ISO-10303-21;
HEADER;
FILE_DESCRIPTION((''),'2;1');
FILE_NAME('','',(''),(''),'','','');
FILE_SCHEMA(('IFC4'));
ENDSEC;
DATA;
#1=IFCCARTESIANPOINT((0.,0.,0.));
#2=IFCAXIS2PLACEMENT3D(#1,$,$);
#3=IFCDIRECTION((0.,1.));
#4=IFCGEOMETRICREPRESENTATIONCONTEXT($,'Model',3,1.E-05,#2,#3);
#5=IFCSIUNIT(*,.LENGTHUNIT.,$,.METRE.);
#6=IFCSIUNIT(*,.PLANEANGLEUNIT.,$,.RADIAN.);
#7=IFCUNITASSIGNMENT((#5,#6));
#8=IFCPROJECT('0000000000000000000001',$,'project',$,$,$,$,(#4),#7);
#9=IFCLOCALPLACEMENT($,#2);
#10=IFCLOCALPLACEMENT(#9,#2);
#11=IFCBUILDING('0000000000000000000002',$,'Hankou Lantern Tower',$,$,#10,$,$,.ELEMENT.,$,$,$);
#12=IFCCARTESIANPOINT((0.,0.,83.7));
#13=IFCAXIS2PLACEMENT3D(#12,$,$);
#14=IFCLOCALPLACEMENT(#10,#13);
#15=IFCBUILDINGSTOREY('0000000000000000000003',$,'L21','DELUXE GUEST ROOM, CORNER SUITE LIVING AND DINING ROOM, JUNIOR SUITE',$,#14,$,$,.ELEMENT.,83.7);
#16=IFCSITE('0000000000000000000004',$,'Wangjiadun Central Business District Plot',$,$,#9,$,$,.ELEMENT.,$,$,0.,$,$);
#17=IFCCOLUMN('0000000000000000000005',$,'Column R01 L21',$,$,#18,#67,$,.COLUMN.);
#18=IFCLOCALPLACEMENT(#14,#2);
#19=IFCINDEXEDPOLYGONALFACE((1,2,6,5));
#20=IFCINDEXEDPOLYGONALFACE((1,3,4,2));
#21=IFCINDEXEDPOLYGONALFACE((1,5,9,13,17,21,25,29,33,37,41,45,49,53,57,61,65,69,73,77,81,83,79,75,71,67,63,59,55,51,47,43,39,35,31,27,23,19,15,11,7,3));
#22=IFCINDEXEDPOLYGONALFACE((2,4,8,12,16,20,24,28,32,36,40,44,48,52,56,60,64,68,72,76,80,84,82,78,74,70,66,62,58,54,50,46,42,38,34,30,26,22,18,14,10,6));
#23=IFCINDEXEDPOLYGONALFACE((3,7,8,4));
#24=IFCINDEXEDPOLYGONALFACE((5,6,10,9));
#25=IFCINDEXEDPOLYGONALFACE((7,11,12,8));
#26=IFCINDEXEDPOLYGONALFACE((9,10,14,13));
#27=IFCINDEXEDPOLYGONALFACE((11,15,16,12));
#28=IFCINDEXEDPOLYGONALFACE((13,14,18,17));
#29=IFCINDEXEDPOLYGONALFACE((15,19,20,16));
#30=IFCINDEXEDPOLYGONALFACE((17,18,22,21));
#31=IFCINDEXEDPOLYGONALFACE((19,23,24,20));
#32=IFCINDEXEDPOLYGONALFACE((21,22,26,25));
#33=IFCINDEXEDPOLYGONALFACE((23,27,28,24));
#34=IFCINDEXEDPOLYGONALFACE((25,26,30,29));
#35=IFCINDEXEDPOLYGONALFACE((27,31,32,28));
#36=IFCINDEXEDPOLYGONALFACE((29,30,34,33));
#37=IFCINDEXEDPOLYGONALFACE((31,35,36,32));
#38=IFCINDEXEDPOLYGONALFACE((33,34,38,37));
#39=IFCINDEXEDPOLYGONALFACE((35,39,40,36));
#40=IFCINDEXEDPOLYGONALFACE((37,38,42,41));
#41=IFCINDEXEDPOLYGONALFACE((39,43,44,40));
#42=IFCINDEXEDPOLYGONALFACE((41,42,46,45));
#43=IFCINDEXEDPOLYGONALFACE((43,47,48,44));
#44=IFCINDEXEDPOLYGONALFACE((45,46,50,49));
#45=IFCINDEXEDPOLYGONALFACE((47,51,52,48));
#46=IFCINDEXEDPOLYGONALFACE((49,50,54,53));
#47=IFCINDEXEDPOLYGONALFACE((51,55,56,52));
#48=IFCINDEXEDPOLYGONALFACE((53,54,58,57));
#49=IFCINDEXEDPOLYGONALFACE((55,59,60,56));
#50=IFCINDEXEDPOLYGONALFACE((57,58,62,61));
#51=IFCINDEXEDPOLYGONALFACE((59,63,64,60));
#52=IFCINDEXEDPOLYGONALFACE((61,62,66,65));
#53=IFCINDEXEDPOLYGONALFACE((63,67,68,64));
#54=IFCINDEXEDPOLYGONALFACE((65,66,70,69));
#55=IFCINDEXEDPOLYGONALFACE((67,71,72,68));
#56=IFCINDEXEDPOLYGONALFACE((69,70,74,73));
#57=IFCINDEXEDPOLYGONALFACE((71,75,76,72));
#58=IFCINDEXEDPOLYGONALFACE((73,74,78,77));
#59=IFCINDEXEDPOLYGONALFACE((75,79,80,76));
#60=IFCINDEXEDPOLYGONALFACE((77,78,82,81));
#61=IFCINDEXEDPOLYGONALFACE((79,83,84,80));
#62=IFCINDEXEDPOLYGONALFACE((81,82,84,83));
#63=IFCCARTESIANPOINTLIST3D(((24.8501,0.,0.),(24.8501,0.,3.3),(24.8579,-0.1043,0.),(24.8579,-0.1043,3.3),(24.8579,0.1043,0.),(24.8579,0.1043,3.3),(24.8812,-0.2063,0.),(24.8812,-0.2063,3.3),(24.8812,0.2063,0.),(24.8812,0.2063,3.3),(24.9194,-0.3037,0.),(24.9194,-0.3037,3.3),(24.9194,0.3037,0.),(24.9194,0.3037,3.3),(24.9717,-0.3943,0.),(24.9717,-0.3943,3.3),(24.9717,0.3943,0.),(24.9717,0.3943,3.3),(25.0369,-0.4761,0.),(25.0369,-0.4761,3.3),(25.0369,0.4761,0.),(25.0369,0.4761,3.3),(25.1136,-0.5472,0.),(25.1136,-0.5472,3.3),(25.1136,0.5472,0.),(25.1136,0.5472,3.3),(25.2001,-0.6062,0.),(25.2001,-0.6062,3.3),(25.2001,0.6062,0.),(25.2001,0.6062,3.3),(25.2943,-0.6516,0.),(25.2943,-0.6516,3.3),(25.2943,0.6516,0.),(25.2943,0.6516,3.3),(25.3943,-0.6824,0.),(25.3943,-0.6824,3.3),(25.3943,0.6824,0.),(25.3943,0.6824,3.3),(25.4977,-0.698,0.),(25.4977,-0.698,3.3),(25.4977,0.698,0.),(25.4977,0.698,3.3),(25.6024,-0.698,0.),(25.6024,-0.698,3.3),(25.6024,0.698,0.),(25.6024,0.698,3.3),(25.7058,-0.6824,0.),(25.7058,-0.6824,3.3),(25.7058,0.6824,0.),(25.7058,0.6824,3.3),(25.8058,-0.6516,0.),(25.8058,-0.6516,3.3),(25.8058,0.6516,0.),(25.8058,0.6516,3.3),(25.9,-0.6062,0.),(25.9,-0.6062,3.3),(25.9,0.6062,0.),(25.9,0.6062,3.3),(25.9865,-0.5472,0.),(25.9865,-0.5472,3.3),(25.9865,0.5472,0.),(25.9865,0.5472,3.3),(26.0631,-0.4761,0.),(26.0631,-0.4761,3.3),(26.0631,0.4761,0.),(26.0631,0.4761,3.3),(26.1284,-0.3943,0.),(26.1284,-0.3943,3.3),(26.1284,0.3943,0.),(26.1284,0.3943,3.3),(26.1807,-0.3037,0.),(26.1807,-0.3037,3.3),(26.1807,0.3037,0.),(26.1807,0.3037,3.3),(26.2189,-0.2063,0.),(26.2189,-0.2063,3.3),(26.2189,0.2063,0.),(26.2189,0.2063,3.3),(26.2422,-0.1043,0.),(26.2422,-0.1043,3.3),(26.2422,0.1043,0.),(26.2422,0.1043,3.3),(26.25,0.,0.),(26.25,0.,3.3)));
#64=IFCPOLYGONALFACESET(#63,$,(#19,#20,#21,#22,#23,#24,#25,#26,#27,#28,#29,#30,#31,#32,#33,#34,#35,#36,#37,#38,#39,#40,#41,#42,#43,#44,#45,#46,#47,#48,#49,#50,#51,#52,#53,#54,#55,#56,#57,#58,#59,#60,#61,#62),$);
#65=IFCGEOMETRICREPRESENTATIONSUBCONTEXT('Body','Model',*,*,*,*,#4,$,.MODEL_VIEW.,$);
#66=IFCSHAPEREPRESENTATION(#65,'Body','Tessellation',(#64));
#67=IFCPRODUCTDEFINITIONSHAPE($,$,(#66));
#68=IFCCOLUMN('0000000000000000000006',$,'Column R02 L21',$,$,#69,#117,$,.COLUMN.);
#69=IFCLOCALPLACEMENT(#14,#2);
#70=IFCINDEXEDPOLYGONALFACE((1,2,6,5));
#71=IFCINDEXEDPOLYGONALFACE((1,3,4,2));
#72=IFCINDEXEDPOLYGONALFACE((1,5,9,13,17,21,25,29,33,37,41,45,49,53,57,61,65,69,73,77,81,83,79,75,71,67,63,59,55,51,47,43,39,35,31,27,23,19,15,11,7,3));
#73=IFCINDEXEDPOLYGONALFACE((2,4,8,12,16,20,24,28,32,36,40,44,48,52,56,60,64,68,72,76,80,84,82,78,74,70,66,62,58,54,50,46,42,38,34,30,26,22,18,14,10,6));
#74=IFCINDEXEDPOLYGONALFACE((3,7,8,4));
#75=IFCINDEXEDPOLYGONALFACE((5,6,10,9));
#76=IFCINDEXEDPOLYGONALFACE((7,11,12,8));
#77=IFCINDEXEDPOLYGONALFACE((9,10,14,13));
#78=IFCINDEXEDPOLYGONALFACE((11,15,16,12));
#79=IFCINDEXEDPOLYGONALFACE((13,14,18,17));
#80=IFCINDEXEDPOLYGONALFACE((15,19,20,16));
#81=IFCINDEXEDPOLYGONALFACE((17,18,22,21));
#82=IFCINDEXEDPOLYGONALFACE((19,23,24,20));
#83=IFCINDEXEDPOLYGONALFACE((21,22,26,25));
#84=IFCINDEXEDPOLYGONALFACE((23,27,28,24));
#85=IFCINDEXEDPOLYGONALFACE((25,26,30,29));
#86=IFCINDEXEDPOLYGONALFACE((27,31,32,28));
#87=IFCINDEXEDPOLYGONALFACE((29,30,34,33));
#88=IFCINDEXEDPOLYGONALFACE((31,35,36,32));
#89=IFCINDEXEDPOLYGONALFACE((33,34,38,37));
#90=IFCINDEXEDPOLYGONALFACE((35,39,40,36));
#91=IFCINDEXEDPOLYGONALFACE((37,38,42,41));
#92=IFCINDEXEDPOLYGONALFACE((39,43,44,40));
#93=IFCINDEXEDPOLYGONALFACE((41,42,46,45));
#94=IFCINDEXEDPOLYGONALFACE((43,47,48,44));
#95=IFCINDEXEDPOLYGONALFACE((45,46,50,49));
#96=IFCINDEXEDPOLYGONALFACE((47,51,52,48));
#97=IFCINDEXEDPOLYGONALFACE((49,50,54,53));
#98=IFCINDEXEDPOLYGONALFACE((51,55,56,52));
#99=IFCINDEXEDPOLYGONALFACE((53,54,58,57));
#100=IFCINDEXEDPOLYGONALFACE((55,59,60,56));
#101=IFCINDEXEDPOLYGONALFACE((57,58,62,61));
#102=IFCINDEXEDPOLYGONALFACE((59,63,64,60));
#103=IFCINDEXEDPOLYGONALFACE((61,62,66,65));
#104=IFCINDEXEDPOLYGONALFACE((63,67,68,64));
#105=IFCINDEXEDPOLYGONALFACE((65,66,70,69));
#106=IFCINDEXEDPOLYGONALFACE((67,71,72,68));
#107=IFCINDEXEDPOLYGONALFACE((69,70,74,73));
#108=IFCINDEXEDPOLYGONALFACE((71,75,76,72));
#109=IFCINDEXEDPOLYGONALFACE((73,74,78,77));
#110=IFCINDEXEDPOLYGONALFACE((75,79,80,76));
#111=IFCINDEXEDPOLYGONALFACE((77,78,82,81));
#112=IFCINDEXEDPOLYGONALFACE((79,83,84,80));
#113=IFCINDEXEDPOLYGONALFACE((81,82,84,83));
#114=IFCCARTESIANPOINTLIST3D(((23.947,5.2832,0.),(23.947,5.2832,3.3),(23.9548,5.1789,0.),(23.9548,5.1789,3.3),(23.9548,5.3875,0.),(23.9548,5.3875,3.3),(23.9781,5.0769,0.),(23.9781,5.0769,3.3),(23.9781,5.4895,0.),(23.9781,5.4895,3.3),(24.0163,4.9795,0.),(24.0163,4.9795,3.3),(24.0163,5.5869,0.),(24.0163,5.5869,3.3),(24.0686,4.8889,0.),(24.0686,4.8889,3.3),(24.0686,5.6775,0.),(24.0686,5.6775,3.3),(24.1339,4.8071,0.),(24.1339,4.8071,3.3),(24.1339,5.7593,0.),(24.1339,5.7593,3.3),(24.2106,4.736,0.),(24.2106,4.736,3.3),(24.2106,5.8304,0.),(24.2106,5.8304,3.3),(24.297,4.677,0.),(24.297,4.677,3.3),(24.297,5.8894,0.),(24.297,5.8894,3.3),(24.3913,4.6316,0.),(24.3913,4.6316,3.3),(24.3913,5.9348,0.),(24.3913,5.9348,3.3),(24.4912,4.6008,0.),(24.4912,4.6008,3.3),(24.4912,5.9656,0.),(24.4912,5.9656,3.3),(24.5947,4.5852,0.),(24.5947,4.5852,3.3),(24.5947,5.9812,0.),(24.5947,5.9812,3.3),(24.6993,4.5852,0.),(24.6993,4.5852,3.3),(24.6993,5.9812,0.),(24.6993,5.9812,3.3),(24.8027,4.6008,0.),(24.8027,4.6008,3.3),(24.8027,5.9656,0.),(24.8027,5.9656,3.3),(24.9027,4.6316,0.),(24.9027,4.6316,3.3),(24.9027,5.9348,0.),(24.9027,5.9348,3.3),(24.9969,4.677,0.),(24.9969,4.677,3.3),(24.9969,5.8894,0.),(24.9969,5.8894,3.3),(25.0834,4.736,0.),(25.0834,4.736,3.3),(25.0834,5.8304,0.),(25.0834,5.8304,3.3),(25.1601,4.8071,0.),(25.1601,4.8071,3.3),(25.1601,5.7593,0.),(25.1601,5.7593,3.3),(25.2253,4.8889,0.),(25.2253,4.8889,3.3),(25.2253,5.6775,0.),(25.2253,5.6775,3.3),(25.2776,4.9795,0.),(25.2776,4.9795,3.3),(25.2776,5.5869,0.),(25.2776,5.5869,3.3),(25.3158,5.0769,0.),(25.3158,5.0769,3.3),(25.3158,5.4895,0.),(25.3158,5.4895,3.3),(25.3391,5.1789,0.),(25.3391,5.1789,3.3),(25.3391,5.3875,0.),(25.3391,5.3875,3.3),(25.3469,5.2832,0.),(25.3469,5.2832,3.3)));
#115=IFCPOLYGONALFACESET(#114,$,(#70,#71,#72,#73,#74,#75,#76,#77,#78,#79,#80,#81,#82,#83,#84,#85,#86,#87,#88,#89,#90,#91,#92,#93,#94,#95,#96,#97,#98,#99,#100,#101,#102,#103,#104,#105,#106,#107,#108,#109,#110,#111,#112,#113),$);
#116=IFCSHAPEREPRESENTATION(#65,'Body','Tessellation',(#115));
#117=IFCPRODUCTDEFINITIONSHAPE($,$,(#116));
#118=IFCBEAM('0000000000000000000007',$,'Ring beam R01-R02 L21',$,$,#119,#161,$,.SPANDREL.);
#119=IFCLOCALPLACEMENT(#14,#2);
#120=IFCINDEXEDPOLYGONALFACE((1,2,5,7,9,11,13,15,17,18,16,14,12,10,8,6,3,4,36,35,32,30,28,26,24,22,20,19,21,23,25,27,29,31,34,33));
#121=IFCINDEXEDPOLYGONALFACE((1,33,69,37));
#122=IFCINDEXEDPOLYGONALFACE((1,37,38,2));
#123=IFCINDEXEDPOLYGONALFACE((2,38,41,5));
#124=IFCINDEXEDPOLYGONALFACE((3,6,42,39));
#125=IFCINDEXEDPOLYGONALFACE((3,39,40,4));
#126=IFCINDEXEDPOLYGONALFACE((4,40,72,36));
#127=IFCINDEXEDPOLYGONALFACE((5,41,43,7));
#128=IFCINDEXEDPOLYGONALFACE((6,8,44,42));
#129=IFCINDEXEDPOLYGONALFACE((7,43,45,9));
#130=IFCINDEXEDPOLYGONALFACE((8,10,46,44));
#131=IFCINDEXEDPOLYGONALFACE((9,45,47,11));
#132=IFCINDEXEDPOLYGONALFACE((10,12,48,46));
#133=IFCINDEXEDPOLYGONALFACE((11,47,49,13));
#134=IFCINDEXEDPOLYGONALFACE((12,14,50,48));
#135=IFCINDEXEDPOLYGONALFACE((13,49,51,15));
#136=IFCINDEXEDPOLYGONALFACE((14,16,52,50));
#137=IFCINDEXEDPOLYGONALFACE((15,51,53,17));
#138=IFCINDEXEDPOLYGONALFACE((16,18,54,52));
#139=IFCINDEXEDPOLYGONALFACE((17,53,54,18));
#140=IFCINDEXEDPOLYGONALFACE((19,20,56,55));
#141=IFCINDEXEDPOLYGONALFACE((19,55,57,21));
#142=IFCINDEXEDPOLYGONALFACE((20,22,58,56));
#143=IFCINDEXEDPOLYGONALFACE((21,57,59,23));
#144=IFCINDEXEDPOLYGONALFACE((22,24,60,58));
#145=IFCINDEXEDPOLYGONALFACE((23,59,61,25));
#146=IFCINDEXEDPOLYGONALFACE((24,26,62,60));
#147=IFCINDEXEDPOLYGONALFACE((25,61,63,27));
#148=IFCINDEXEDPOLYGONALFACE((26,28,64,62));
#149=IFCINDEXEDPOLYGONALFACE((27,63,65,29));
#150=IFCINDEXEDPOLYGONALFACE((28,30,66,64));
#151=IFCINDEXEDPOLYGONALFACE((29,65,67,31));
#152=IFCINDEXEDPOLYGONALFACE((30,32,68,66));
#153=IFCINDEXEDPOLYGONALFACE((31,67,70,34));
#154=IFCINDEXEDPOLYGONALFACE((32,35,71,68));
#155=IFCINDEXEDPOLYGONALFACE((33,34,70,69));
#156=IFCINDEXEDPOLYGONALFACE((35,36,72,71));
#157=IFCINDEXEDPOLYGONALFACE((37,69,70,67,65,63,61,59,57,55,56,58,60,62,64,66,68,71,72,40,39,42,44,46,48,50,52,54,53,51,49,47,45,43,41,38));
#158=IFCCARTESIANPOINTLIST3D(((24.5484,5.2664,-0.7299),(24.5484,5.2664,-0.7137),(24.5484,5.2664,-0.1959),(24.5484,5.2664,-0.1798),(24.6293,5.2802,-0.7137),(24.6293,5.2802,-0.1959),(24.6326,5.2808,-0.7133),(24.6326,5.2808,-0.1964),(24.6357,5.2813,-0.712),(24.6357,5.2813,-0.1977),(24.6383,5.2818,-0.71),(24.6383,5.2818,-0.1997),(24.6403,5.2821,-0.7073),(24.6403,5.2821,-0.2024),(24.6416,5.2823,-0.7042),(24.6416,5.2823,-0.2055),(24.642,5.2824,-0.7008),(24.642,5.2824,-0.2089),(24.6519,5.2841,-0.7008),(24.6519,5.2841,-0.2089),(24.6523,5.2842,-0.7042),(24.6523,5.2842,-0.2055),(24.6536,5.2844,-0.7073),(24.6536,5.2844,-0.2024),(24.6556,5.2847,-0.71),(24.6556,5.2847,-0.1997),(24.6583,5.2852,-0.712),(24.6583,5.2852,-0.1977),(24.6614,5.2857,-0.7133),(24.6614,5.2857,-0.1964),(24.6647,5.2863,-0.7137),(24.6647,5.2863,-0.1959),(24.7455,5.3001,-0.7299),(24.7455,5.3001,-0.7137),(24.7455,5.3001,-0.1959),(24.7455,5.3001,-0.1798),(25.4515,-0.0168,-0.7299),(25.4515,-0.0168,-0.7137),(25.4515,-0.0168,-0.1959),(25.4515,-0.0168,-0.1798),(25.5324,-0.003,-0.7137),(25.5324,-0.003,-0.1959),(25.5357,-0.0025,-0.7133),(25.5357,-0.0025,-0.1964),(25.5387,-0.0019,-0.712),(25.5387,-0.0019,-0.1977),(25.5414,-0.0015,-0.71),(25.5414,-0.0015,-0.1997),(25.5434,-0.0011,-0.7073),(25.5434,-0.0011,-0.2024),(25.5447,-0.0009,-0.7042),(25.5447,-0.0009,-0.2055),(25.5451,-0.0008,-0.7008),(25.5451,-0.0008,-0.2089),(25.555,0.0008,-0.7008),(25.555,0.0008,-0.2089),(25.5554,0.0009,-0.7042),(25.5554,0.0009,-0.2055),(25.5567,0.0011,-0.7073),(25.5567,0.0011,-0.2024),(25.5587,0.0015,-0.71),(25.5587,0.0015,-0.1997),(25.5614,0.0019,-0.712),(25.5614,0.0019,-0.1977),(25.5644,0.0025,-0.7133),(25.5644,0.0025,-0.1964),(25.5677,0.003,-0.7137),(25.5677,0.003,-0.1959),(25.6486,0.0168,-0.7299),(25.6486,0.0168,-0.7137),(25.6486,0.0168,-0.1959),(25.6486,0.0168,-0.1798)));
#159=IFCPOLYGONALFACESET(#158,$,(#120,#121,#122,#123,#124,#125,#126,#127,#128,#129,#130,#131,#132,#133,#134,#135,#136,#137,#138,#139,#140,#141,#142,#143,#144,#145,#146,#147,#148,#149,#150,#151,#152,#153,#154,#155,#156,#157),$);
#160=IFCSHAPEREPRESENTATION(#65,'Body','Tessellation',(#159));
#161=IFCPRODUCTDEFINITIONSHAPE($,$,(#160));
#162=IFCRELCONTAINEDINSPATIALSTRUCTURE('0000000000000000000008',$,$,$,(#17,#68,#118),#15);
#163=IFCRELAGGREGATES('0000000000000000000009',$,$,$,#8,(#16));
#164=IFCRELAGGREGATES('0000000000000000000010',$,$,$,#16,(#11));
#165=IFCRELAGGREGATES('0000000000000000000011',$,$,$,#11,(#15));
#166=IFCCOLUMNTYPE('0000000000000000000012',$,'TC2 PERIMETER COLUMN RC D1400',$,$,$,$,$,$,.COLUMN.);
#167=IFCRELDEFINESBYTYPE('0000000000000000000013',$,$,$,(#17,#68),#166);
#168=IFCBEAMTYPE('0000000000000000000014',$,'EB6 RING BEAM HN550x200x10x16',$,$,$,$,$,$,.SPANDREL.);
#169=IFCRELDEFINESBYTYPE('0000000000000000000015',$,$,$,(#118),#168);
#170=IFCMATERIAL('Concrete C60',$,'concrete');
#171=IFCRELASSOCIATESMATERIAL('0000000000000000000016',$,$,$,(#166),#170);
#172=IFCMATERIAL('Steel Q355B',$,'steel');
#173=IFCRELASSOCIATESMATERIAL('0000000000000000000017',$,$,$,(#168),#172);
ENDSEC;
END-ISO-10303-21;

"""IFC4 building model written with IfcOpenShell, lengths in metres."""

from ifc_helpers import new_model, si_unit, direction, frame, origin, origin_2d, place, context, subcontext, project, spatial, circle, i_section, extrude, material, material_profile, profile_set, type_object, element, save


model = new_model("IFC4")

# Units and contexts
model_context = context("Model", 3, precision=1e-05, world=origin(), true_north=direction((0.0, 1.0)))
body_context = subcontext(model_context, "Body", "Model", "MODEL_VIEW")
ifc_project = project(units=[si_unit("LENGTHUNIT", "METRE"), si_unit("PLANEANGLEUNIT", "RADIAN")], contexts=[model_context])

# Site, building, storey
site_placement = place(None, origin())
site = spatial("IfcSite", under=ifc_project, at=site_placement, Name="Wangjiadun Central Business District Plot", CompositionType="ELEMENT", RefElevation=0.0)
building_placement = place(site_placement, origin())
building = spatial("IfcBuilding", under=site, at=building_placement, Name="Hankou Lantern Tower", CompositionType="ELEMENT")
storey_placement = place(building_placement, frame((0.0, 0.0, 83.7)))
storey = spatial("IfcBuildingStorey", under=building, at=storey_placement, Name="L21", Description="DELUXE GUEST ROOM, CORNER SUITE LIVING AND DINING ROOM, JUNIOR SUITE", CompositionType="ELEMENT", Elevation=83.7)

# Columns
ifc_material_1 = material(Name="Concrete C60", Category="concrete")
ifc_material_profile_1 = material_profile(ifc_material_1, circle(Radius=0.7, at=origin_2d()), Name="RC D1400")
ifc_profile_set_1 = profile_set([ifc_material_profile_1], Name="Concrete C60")
column_type = type_object("IfcColumnType", Name="TC2 PERIMETER COLUMN RC D1400", PredefinedType="COLUMN", material=ifc_profile_set_1)
for number, where, z_axis, x_axis, name in (
    (1, (25.55, 0.0, 0.0), (0.0, 0.0, 1.0), (1.0, 0.0, 0.0), "Column R01 L21"),
    (2, (24.647, 5.2832, 0.0), (0.0, 0.0, 1.0), (1.0, 0.0, 0.0), "Column R02 L21"),
):
    element("IfcColumn", number, at=place(storey_placement, frame(where, z_axis=z_axis, x_axis=x_axis)), inside=storey, type_object=column_type, Name=name, PredefinedType="COLUMN", context=body_context, shape_type="SweptSolid", body=[
        extrude(circle(Radius=0.7, at=origin_2d()), origin(), (0.0, 0.0, 1.0), 3.3),
    ])

# Beam
ifc_material_2 = material(Name="Steel Q355B", Category="steel")
ifc_material_profile_2 = material_profile(ifc_material_2, i_section(OverallWidth=0.2, OverallDepth=0.55, WebThickness=0.01, FlangeThickness=0.0161, FilletRadius=0.0129, at=origin_2d()), Name="HN550x200x10x16")
ifc_profile_set_2 = profile_set([ifc_material_profile_2], Name="Steel Q355B")
beam_type_1 = type_object("IfcBeamType", Name="EB6 RING BEAM HN550x200x10x16", PredefinedType="SPANDREL", material=ifc_profile_set_2)
beam_1_placement = place(storey_placement, frame((25.55, 0.0, -0.4548), z_axis=(-0.16849, 0.985703, 0.0), x_axis=(-0.985703, -0.16849, 0.0)))
element("IfcBeam", 3, at=beam_1_placement, inside=storey, type_object=beam_type_1, Name="Ring beam R01-R02 L21", PredefinedType="SPANDREL", context=body_context, shape_type="SweptSolid", body=[
    extrude(i_section(OverallWidth=0.2, OverallDepth=0.55, WebThickness=0.01, FlangeThickness=0.0161, FilletRadius=0.0129, at=origin_2d()), origin(), (0.0, 0.0, 1.0), 5.3599),
])

save(model, "model.ifc")
